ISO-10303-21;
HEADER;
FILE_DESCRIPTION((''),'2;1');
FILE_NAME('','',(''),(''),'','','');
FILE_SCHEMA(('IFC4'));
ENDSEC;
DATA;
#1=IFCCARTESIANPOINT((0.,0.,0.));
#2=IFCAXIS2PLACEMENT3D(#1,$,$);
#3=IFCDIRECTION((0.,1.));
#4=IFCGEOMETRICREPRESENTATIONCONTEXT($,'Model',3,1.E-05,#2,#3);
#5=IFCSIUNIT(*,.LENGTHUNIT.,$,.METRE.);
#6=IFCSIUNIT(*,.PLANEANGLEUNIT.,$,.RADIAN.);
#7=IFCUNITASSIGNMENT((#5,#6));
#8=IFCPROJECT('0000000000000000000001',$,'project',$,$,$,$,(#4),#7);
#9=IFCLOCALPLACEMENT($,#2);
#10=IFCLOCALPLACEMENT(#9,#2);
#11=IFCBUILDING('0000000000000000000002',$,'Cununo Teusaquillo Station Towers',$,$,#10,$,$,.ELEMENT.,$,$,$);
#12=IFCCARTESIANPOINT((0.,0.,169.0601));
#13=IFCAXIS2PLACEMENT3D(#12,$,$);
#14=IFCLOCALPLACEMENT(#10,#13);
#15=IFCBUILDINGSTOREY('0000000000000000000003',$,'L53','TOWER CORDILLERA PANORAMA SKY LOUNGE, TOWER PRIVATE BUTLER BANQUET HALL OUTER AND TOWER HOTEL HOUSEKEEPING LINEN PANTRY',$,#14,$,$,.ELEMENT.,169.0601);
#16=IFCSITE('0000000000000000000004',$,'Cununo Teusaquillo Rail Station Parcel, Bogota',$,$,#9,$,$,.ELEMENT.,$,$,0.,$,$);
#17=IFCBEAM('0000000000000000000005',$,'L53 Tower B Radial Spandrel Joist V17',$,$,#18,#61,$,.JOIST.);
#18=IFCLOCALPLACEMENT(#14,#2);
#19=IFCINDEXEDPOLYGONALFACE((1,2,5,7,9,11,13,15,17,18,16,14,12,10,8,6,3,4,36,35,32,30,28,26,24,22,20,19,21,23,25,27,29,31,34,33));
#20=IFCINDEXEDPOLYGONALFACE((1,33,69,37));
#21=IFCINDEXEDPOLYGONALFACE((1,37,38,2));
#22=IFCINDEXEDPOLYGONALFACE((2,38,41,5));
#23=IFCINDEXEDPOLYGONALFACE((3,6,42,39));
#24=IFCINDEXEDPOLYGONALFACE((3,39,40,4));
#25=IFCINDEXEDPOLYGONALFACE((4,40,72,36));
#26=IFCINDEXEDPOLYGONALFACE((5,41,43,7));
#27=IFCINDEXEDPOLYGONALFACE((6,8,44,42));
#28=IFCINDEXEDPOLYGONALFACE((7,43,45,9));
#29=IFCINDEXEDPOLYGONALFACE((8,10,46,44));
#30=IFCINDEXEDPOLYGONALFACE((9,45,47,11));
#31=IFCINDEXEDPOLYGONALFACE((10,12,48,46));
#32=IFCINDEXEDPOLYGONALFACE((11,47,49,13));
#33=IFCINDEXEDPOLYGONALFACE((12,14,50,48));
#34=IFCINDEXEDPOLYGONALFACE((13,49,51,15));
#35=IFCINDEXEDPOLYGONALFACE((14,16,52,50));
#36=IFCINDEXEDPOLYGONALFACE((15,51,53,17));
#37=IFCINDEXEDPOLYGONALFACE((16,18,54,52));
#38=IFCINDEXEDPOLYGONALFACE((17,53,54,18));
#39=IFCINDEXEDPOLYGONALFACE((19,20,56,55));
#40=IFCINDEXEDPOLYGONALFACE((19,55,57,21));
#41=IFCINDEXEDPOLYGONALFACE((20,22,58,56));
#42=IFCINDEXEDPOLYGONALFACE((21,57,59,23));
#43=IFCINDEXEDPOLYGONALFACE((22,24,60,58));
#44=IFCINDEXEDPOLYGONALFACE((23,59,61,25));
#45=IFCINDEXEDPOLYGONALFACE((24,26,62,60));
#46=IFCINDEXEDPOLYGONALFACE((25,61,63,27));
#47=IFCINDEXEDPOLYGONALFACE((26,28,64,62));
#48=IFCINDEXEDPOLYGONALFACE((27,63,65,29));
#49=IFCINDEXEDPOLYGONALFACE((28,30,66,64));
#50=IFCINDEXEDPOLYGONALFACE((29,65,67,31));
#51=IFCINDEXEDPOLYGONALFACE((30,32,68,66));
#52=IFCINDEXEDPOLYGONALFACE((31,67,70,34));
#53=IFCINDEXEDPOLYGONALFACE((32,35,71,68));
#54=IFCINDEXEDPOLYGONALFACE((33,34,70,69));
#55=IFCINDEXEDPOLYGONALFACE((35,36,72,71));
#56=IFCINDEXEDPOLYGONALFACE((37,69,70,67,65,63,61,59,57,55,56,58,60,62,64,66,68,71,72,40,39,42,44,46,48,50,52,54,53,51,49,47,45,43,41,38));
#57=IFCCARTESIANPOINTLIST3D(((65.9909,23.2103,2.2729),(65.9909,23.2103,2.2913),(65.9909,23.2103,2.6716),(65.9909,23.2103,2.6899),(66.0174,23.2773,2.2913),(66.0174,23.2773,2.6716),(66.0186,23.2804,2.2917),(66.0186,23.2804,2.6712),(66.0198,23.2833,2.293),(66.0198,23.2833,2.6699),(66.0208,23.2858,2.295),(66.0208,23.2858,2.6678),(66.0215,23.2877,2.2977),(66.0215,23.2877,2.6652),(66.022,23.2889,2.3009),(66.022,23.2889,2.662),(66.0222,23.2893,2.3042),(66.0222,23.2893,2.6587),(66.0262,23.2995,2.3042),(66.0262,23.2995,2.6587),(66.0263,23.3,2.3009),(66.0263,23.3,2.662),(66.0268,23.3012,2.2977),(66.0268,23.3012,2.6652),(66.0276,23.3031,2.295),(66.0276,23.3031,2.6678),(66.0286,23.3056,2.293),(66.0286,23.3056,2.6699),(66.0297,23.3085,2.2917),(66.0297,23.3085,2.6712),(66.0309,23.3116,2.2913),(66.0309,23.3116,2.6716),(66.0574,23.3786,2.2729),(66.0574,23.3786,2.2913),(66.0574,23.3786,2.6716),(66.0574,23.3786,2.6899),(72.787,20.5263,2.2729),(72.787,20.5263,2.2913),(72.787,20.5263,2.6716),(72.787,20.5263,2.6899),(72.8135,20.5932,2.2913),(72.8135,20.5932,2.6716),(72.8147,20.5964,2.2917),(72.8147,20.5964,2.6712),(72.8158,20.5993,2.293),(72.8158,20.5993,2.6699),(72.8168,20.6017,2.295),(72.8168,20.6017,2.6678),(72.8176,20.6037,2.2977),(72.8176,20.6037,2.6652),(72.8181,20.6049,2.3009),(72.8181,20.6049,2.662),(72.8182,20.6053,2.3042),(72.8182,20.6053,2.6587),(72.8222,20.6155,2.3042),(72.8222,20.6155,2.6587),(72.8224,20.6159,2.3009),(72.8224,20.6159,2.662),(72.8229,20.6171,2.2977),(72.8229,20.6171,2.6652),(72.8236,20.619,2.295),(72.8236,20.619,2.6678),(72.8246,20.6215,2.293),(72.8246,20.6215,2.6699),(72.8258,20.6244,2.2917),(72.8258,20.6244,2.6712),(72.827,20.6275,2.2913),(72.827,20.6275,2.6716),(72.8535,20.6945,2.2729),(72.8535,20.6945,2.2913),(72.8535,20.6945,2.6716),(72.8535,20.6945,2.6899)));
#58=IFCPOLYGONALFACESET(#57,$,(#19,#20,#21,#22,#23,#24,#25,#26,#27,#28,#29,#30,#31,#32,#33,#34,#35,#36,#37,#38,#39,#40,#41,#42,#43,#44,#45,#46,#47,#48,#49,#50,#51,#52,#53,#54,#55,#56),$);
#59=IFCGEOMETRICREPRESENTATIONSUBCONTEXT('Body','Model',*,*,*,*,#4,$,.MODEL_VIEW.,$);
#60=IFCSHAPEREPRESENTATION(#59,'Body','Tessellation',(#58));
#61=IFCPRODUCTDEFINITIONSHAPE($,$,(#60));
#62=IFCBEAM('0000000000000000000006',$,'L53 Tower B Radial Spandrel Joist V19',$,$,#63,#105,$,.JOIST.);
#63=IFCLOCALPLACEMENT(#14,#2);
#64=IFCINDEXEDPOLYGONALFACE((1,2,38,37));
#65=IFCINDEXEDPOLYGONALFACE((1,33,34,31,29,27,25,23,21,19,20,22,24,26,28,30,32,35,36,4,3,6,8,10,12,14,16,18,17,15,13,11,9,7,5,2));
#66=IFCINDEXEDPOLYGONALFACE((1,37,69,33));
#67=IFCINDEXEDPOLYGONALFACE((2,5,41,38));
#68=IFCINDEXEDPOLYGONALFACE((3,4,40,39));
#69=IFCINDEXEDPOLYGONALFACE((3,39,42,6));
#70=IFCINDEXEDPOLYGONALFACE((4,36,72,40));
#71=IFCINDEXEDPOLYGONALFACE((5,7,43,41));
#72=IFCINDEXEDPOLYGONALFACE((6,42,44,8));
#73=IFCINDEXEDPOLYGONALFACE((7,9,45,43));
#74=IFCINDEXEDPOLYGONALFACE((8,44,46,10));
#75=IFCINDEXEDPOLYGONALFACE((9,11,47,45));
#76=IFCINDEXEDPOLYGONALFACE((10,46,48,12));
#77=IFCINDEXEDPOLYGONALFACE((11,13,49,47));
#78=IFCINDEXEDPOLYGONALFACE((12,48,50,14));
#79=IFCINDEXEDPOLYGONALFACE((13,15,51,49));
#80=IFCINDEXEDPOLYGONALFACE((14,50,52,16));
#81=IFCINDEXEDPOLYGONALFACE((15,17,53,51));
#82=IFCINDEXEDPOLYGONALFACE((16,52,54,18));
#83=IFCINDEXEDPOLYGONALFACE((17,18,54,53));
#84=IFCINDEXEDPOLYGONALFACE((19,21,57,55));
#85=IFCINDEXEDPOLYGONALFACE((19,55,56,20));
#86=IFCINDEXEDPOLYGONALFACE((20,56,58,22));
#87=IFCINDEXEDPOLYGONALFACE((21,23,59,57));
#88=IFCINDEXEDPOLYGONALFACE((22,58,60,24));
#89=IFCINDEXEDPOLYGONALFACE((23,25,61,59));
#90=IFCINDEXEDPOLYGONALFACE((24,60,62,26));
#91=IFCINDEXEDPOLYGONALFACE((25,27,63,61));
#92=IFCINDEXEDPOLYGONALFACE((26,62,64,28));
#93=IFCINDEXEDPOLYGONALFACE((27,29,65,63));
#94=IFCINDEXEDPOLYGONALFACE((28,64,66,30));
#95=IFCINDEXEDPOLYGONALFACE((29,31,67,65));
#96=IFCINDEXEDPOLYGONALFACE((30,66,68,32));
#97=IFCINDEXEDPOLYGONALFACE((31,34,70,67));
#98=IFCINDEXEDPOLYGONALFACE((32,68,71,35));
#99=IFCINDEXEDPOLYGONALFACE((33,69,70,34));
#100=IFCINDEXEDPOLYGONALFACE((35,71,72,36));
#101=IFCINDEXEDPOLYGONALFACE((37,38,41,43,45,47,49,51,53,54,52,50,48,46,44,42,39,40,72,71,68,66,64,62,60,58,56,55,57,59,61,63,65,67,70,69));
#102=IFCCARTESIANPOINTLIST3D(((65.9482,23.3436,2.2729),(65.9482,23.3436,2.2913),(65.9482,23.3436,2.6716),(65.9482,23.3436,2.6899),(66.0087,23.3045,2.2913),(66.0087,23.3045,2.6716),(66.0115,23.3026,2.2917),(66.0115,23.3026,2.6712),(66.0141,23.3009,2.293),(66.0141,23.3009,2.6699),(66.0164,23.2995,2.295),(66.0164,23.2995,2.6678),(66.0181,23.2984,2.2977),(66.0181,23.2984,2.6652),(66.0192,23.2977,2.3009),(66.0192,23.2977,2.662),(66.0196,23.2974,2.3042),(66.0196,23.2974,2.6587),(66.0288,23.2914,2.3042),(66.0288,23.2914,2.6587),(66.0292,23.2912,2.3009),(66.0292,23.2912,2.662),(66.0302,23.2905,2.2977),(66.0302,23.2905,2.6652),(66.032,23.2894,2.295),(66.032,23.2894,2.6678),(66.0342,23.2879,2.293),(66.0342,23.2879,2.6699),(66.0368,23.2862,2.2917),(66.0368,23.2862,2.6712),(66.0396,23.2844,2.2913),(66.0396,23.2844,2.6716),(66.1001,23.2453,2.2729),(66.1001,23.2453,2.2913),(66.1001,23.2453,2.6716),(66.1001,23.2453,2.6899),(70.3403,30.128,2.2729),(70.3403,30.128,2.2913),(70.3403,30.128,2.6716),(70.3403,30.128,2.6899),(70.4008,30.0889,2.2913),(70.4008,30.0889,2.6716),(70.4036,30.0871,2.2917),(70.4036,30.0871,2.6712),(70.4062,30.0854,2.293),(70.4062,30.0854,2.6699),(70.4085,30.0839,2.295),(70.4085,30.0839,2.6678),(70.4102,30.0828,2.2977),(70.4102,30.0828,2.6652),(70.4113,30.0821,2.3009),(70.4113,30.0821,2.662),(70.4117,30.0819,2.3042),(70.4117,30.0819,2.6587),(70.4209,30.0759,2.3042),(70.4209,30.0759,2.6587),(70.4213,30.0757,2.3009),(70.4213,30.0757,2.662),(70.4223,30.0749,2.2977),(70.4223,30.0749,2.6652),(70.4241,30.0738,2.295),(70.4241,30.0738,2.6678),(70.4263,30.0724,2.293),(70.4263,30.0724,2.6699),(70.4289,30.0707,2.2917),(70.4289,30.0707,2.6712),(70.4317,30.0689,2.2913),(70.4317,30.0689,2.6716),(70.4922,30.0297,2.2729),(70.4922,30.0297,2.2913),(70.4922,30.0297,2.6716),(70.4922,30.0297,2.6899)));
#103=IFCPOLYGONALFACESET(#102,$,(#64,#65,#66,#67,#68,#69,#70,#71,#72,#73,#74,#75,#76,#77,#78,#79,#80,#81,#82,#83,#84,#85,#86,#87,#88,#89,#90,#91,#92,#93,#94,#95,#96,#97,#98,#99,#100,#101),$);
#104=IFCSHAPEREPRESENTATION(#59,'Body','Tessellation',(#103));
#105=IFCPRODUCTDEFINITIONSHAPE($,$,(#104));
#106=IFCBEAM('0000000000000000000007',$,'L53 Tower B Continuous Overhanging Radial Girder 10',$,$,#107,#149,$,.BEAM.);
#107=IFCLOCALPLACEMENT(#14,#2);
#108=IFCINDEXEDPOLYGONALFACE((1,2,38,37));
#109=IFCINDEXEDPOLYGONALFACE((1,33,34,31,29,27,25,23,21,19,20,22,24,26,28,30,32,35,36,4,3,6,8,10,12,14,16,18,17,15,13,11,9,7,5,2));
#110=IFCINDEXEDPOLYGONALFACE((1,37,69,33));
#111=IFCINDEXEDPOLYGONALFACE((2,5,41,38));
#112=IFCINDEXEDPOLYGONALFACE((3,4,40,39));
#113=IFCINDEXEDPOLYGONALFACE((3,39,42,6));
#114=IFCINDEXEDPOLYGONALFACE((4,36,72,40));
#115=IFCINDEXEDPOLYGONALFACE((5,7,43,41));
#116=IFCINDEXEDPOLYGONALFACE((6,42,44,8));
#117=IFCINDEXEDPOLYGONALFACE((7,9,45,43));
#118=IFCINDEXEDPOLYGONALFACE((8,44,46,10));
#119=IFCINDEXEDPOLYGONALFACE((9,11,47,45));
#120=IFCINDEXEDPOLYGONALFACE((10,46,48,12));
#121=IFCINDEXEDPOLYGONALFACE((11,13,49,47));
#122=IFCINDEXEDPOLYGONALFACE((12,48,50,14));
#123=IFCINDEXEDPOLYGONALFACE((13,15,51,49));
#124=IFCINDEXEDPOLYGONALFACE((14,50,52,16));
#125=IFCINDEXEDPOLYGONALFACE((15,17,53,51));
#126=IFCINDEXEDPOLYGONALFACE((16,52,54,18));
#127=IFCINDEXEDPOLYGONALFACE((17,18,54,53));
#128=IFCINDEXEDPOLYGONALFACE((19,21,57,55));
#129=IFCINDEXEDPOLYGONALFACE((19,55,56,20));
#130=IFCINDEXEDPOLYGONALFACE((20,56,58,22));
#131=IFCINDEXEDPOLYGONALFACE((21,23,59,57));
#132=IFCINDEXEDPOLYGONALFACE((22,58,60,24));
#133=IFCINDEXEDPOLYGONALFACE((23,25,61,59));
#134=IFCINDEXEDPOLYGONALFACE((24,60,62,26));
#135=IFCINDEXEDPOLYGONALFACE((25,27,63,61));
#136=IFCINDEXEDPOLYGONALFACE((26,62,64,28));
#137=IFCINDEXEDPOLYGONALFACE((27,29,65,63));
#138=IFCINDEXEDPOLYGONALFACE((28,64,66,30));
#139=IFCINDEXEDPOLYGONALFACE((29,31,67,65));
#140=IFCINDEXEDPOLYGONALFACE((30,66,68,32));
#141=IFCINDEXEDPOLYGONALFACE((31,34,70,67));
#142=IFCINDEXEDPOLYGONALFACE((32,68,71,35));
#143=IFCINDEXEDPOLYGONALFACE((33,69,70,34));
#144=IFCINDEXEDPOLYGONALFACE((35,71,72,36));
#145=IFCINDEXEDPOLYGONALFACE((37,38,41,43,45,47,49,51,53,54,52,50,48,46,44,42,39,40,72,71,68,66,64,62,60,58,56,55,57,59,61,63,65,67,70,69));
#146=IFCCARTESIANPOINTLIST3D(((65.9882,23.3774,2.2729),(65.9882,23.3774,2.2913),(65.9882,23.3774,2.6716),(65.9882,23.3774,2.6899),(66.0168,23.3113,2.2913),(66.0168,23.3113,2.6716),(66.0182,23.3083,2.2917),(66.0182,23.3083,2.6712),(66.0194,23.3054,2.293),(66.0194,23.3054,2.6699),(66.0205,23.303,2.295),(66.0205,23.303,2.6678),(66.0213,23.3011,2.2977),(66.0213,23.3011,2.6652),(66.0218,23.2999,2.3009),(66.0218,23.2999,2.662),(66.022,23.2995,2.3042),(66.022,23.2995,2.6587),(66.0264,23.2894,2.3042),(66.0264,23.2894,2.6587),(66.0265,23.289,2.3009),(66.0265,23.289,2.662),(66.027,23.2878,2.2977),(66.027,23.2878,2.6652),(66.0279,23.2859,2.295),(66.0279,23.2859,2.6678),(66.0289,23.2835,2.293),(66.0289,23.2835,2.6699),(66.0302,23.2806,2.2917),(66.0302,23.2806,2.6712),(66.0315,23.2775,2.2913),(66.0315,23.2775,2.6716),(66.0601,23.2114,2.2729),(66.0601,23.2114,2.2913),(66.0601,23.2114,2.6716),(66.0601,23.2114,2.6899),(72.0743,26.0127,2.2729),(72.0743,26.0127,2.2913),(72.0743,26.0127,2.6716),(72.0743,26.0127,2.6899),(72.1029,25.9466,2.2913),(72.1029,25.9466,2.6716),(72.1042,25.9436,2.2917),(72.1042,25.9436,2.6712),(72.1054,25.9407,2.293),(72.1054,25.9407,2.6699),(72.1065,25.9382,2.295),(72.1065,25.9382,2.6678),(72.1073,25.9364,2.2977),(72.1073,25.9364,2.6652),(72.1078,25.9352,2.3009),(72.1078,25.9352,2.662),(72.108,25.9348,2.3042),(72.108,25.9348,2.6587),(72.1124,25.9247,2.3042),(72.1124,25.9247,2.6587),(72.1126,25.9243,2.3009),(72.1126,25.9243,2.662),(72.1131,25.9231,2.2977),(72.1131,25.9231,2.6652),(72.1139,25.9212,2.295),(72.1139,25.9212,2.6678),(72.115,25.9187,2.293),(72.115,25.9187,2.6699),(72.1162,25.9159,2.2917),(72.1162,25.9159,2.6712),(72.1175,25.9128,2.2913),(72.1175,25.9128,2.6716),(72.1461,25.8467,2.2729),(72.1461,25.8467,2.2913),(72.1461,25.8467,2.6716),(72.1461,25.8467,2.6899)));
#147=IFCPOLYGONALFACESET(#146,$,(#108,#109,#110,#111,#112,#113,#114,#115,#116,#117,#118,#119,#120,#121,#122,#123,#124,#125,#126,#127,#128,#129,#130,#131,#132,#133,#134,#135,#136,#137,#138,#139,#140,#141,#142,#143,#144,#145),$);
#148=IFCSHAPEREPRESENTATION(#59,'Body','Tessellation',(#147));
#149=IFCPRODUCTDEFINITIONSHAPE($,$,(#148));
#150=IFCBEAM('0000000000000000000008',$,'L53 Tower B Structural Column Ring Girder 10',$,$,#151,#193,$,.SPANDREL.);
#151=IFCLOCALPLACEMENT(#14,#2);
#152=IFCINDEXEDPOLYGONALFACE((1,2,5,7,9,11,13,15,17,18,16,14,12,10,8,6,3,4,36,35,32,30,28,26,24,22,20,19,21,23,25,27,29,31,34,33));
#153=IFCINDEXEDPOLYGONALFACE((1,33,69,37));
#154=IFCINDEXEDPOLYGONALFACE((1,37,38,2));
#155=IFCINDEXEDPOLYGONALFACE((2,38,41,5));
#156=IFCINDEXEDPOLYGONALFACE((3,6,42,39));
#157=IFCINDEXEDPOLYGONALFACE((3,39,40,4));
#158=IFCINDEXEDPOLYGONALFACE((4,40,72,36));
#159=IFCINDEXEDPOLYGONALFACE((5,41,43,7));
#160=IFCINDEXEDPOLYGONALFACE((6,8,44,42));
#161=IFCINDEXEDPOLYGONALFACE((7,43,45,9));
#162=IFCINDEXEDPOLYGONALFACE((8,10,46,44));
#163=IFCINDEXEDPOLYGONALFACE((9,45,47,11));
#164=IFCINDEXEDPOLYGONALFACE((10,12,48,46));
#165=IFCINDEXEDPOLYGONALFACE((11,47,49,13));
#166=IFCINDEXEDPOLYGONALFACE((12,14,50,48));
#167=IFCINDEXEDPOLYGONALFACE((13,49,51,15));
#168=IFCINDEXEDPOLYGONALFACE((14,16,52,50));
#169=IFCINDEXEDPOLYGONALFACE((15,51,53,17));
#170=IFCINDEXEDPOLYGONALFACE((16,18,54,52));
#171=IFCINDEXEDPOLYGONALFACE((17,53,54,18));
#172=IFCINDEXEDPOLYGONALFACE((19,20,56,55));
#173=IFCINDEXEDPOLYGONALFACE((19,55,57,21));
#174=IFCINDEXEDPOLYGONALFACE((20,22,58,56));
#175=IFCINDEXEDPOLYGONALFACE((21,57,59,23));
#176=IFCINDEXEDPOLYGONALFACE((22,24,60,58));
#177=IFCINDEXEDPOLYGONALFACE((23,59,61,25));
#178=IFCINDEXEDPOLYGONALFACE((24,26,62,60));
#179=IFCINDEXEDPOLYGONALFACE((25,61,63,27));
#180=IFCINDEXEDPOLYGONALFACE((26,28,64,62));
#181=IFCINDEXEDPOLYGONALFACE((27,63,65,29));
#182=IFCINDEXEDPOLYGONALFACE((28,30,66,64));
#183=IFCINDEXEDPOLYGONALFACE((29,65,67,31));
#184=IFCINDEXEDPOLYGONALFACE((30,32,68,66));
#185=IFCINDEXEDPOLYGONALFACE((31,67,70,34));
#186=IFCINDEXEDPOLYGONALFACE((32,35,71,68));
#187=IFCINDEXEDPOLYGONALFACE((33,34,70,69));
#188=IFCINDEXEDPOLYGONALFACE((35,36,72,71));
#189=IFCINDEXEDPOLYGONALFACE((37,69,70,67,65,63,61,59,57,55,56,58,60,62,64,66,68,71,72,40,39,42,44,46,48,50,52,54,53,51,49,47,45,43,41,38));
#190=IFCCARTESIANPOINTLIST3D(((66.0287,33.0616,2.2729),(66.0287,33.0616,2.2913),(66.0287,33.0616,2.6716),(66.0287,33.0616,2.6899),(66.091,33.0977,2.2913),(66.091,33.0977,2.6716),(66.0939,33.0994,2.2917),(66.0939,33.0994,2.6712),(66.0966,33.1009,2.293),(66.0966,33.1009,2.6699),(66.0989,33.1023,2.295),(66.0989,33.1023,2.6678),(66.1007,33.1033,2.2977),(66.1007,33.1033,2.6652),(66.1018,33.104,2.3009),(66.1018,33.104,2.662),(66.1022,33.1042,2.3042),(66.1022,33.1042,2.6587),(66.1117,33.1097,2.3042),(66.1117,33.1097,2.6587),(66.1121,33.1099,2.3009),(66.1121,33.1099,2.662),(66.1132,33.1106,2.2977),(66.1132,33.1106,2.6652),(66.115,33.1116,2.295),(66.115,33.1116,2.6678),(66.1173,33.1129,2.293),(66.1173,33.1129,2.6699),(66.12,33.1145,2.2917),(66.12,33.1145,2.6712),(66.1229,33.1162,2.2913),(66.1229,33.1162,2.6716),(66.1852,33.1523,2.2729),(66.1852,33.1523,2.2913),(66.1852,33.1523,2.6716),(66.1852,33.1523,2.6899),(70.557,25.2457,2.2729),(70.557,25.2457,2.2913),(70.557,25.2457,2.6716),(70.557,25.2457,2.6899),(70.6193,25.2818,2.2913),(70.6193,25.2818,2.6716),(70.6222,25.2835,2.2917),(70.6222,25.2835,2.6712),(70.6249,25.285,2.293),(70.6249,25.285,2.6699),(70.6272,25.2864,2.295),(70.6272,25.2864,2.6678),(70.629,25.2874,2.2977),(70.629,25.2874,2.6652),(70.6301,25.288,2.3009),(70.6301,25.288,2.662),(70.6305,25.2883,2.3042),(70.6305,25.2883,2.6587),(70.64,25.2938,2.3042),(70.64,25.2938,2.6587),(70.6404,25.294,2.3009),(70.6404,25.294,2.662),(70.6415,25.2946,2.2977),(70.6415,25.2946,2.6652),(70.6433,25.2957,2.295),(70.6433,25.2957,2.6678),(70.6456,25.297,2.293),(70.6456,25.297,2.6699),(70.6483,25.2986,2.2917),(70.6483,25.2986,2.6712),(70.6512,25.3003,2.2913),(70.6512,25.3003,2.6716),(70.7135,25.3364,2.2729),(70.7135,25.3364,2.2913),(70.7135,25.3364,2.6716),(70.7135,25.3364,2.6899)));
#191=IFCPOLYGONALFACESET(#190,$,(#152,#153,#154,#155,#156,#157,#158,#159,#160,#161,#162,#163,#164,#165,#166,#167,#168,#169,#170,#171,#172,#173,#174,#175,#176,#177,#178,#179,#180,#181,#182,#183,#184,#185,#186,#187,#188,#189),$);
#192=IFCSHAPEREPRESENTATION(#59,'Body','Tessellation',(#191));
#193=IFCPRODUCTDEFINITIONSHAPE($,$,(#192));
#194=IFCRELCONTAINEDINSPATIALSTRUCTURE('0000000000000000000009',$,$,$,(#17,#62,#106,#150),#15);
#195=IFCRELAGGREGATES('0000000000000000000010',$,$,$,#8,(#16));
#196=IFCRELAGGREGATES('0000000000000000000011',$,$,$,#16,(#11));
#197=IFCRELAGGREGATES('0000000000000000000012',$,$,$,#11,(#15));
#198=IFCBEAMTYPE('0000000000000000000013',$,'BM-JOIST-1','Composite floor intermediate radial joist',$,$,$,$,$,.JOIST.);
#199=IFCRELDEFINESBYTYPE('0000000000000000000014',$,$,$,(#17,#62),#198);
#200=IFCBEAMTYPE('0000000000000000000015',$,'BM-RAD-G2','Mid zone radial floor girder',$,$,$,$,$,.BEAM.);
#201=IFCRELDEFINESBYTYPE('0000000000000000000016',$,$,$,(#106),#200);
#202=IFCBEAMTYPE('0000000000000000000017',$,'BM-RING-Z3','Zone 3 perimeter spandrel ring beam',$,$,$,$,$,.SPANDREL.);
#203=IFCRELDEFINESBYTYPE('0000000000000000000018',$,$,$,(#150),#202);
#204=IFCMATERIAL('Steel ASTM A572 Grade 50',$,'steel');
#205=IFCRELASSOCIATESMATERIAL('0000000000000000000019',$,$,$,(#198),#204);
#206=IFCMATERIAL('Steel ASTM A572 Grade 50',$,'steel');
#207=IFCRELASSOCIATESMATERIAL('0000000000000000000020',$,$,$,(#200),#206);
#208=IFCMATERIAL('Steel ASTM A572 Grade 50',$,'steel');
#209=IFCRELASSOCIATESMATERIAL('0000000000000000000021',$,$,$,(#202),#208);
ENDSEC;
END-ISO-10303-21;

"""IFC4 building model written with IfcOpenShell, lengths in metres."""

from ifc_helpers import new_model, si_unit, direction, frame, origin, origin_2d, place, context, subcontext, project, spatial, i_section, extrude, material, material_profile, profile_set, type_object, element, save


model = new_model("IFC4")

# Units and contexts
model_context = context("Model", 3, precision=1e-05, world=origin(), true_north=direction((0.0, 1.0)))
body_context = subcontext(model_context, "Body", "Model", "MODEL_VIEW")
ifc_project = project(units=[si_unit("LENGTHUNIT", "METRE"), si_unit("PLANEANGLEUNIT", "RADIAN")], contexts=[model_context])

# Site, building, storey
site_placement = place(None, origin())
site = spatial("IfcSite", under=ifc_project, at=site_placement, Name="Cununo Teusaquillo Rail Station Parcel, Bogota", CompositionType="ELEMENT", RefElevation=0.0)
building_placement = place(site_placement, origin())
building = spatial("IfcBuilding", under=site, at=building_placement, Name="Cununo Teusaquillo Station Towers", CompositionType="ELEMENT")
storey_placement = place(building_placement, frame((0.0, 0.0, 169.0601)))
storey = spatial("IfcBuildingStorey", under=building, at=storey_placement, Name="L53", Description="TOWER CORDILLERA PANORAMA SKY LOUNGE, TOWER PRIVATE BUTLER BANQUET HALL OUTER AND TOWER HOTEL HOUSEKEEPING LINEN PANTRY", CompositionType="ELEMENT", Elevation=169.0601)

# Beams
ifc_material_1 = material(Name="Steel ASTM A572 Grade 50", Category="steel")
ifc_material_profile_1 = material_profile(ifc_material_1, i_section(OverallWidth=0.1809, OverallDepth=0.417, WebThickness=0.011, FlangeThickness=0.0183, FilletRadius=0.0129, at=origin_2d()), Name="W16X57")
ifc_profile_set_1 = profile_set([ifc_material_profile_1], Name="Steel ASTM A572 Grade 50")
beam_type_1 = type_object("IfcBeamType", Name="BM-JOIST-1", Description="Composite floor intermediate radial joist", PredefinedType="JOIST", material=ifc_profile_set_1)
beam_1_placement = place(storey_placement, frame((66.0242, 23.2944, 2.4814), z_axis=(0.93009, -0.367332, 0.0), x_axis=(0.367332, 0.93009, 0.0)))
element("IfcBeam", 1, at=beam_1_placement, inside=storey, type_object=beam_type_1, Name="L53 Tower B Radial Spandrel Joist V17", PredefinedType="JOIST", context=body_context, shape_type="SweptSolid", body=[
    extrude(i_section(OverallWidth=0.1809, OverallDepth=0.417, WebThickness=0.011, FlangeThickness=0.0183, FilletRadius=0.0129, at=origin_2d()), origin(), (0.0, 0.0, 1.0), 7.3069),
])
beam_2_placement = place(storey_placement, frame((66.0242, 23.2944, 2.4814), z_axis=(0.54344, 0.839448, 0.0), x_axis=(-0.839448, 0.54344, 0.0)))
element("IfcBeam", 2, at=beam_2_placement, inside=storey, type_object=beam_type_1, Name="L53 Tower B Radial Spandrel Joist V19", PredefinedType="JOIST", context=body_context, shape_type="SweptSolid", body=[
    extrude(i_section(OverallWidth=0.1809, OverallDepth=0.417, WebThickness=0.011, FlangeThickness=0.0183, FilletRadius=0.0129, at=origin_2d()), origin(), (0.0, 0.0, 1.0), 8.082),
])
ifc_material_2 = material(Name="Steel ASTM A572 Grade 50", Category="steel")
ifc_material_profile_2 = material_profile(ifc_material_2, i_section(OverallWidth=0.1809, OverallDepth=0.417, WebThickness=0.011, FlangeThickness=0.0183, FilletRadius=0.0129, at=origin_2d()), Name="W16X57")
ifc_profile_set_2 = profile_set([ifc_material_profile_2], Name="Steel ASTM A572 Grade 50")
beam_type_2 = type_object("IfcBeamType", Name="BM-RAD-G2", Description="Mid zone radial floor girder", PredefinedType="BEAM", material=ifc_profile_set_2)
beam_3_placement = place(storey_placement, frame((66.0242, 23.2944, 2.4814), z_axis=(0.917665, 0.397355, 0.0), x_axis=(-0.397355, 0.917665, 0.0)))
element("IfcBeam", 3, at=beam_3_placement, inside=storey, type_object=beam_type_2, Name="L53 Tower B Continuous Overhanging Radial Girder 10", PredefinedType="BEAM", context=body_context, shape_type="SweptSolid", body=[
    extrude(i_section(OverallWidth=0.1809, OverallDepth=0.417, WebThickness=0.011, FlangeThickness=0.0183, FilletRadius=0.0129, at=origin_2d()), origin(), (0.0, 0.0, 1.0), 6.6321),
])
ifc_material_3 = material(Name="Steel ASTM A572 Grade 50", Category="steel")
ifc_material_profile_3 = material_profile(ifc_material_3, i_section(OverallWidth=0.1809, OverallDepth=0.417, WebThickness=0.011, FlangeThickness=0.0183, FilletRadius=0.0129, at=origin_2d()), Name="W16X57")
ifc_profile_set_3 = profile_set([ifc_material_profile_3], Name="Steel ASTM A572 Grade 50")
beam_type_3 = type_object("IfcBeamType", Name="BM-RING-Z3", Description="Zone 3 perimeter spandrel ring beam", PredefinedType="SPANDREL", material=ifc_profile_set_3)
beam_4_placement = place(storey_placement, frame((70.6353, 25.291, 2.4814), z_axis=(-0.501311, 0.865267, 0.0), x_axis=(-0.865267, -0.501311, 0.0)))
element("IfcBeam", 4, at=beam_4_placement, inside=storey, type_object=beam_type_3, Name="L53 Tower B Structural Column Ring Girder 10", PredefinedType="SPANDREL", context=body_context, shape_type="SweptSolid", body=[
    extrude(i_section(OverallWidth=0.1809, OverallDepth=0.417, WebThickness=0.011, FlangeThickness=0.0183, FilletRadius=0.0129, at=origin_2d()), origin(), (0.0, 0.0, 1.0), 9.033),
])

save(model, "model.ifc")
